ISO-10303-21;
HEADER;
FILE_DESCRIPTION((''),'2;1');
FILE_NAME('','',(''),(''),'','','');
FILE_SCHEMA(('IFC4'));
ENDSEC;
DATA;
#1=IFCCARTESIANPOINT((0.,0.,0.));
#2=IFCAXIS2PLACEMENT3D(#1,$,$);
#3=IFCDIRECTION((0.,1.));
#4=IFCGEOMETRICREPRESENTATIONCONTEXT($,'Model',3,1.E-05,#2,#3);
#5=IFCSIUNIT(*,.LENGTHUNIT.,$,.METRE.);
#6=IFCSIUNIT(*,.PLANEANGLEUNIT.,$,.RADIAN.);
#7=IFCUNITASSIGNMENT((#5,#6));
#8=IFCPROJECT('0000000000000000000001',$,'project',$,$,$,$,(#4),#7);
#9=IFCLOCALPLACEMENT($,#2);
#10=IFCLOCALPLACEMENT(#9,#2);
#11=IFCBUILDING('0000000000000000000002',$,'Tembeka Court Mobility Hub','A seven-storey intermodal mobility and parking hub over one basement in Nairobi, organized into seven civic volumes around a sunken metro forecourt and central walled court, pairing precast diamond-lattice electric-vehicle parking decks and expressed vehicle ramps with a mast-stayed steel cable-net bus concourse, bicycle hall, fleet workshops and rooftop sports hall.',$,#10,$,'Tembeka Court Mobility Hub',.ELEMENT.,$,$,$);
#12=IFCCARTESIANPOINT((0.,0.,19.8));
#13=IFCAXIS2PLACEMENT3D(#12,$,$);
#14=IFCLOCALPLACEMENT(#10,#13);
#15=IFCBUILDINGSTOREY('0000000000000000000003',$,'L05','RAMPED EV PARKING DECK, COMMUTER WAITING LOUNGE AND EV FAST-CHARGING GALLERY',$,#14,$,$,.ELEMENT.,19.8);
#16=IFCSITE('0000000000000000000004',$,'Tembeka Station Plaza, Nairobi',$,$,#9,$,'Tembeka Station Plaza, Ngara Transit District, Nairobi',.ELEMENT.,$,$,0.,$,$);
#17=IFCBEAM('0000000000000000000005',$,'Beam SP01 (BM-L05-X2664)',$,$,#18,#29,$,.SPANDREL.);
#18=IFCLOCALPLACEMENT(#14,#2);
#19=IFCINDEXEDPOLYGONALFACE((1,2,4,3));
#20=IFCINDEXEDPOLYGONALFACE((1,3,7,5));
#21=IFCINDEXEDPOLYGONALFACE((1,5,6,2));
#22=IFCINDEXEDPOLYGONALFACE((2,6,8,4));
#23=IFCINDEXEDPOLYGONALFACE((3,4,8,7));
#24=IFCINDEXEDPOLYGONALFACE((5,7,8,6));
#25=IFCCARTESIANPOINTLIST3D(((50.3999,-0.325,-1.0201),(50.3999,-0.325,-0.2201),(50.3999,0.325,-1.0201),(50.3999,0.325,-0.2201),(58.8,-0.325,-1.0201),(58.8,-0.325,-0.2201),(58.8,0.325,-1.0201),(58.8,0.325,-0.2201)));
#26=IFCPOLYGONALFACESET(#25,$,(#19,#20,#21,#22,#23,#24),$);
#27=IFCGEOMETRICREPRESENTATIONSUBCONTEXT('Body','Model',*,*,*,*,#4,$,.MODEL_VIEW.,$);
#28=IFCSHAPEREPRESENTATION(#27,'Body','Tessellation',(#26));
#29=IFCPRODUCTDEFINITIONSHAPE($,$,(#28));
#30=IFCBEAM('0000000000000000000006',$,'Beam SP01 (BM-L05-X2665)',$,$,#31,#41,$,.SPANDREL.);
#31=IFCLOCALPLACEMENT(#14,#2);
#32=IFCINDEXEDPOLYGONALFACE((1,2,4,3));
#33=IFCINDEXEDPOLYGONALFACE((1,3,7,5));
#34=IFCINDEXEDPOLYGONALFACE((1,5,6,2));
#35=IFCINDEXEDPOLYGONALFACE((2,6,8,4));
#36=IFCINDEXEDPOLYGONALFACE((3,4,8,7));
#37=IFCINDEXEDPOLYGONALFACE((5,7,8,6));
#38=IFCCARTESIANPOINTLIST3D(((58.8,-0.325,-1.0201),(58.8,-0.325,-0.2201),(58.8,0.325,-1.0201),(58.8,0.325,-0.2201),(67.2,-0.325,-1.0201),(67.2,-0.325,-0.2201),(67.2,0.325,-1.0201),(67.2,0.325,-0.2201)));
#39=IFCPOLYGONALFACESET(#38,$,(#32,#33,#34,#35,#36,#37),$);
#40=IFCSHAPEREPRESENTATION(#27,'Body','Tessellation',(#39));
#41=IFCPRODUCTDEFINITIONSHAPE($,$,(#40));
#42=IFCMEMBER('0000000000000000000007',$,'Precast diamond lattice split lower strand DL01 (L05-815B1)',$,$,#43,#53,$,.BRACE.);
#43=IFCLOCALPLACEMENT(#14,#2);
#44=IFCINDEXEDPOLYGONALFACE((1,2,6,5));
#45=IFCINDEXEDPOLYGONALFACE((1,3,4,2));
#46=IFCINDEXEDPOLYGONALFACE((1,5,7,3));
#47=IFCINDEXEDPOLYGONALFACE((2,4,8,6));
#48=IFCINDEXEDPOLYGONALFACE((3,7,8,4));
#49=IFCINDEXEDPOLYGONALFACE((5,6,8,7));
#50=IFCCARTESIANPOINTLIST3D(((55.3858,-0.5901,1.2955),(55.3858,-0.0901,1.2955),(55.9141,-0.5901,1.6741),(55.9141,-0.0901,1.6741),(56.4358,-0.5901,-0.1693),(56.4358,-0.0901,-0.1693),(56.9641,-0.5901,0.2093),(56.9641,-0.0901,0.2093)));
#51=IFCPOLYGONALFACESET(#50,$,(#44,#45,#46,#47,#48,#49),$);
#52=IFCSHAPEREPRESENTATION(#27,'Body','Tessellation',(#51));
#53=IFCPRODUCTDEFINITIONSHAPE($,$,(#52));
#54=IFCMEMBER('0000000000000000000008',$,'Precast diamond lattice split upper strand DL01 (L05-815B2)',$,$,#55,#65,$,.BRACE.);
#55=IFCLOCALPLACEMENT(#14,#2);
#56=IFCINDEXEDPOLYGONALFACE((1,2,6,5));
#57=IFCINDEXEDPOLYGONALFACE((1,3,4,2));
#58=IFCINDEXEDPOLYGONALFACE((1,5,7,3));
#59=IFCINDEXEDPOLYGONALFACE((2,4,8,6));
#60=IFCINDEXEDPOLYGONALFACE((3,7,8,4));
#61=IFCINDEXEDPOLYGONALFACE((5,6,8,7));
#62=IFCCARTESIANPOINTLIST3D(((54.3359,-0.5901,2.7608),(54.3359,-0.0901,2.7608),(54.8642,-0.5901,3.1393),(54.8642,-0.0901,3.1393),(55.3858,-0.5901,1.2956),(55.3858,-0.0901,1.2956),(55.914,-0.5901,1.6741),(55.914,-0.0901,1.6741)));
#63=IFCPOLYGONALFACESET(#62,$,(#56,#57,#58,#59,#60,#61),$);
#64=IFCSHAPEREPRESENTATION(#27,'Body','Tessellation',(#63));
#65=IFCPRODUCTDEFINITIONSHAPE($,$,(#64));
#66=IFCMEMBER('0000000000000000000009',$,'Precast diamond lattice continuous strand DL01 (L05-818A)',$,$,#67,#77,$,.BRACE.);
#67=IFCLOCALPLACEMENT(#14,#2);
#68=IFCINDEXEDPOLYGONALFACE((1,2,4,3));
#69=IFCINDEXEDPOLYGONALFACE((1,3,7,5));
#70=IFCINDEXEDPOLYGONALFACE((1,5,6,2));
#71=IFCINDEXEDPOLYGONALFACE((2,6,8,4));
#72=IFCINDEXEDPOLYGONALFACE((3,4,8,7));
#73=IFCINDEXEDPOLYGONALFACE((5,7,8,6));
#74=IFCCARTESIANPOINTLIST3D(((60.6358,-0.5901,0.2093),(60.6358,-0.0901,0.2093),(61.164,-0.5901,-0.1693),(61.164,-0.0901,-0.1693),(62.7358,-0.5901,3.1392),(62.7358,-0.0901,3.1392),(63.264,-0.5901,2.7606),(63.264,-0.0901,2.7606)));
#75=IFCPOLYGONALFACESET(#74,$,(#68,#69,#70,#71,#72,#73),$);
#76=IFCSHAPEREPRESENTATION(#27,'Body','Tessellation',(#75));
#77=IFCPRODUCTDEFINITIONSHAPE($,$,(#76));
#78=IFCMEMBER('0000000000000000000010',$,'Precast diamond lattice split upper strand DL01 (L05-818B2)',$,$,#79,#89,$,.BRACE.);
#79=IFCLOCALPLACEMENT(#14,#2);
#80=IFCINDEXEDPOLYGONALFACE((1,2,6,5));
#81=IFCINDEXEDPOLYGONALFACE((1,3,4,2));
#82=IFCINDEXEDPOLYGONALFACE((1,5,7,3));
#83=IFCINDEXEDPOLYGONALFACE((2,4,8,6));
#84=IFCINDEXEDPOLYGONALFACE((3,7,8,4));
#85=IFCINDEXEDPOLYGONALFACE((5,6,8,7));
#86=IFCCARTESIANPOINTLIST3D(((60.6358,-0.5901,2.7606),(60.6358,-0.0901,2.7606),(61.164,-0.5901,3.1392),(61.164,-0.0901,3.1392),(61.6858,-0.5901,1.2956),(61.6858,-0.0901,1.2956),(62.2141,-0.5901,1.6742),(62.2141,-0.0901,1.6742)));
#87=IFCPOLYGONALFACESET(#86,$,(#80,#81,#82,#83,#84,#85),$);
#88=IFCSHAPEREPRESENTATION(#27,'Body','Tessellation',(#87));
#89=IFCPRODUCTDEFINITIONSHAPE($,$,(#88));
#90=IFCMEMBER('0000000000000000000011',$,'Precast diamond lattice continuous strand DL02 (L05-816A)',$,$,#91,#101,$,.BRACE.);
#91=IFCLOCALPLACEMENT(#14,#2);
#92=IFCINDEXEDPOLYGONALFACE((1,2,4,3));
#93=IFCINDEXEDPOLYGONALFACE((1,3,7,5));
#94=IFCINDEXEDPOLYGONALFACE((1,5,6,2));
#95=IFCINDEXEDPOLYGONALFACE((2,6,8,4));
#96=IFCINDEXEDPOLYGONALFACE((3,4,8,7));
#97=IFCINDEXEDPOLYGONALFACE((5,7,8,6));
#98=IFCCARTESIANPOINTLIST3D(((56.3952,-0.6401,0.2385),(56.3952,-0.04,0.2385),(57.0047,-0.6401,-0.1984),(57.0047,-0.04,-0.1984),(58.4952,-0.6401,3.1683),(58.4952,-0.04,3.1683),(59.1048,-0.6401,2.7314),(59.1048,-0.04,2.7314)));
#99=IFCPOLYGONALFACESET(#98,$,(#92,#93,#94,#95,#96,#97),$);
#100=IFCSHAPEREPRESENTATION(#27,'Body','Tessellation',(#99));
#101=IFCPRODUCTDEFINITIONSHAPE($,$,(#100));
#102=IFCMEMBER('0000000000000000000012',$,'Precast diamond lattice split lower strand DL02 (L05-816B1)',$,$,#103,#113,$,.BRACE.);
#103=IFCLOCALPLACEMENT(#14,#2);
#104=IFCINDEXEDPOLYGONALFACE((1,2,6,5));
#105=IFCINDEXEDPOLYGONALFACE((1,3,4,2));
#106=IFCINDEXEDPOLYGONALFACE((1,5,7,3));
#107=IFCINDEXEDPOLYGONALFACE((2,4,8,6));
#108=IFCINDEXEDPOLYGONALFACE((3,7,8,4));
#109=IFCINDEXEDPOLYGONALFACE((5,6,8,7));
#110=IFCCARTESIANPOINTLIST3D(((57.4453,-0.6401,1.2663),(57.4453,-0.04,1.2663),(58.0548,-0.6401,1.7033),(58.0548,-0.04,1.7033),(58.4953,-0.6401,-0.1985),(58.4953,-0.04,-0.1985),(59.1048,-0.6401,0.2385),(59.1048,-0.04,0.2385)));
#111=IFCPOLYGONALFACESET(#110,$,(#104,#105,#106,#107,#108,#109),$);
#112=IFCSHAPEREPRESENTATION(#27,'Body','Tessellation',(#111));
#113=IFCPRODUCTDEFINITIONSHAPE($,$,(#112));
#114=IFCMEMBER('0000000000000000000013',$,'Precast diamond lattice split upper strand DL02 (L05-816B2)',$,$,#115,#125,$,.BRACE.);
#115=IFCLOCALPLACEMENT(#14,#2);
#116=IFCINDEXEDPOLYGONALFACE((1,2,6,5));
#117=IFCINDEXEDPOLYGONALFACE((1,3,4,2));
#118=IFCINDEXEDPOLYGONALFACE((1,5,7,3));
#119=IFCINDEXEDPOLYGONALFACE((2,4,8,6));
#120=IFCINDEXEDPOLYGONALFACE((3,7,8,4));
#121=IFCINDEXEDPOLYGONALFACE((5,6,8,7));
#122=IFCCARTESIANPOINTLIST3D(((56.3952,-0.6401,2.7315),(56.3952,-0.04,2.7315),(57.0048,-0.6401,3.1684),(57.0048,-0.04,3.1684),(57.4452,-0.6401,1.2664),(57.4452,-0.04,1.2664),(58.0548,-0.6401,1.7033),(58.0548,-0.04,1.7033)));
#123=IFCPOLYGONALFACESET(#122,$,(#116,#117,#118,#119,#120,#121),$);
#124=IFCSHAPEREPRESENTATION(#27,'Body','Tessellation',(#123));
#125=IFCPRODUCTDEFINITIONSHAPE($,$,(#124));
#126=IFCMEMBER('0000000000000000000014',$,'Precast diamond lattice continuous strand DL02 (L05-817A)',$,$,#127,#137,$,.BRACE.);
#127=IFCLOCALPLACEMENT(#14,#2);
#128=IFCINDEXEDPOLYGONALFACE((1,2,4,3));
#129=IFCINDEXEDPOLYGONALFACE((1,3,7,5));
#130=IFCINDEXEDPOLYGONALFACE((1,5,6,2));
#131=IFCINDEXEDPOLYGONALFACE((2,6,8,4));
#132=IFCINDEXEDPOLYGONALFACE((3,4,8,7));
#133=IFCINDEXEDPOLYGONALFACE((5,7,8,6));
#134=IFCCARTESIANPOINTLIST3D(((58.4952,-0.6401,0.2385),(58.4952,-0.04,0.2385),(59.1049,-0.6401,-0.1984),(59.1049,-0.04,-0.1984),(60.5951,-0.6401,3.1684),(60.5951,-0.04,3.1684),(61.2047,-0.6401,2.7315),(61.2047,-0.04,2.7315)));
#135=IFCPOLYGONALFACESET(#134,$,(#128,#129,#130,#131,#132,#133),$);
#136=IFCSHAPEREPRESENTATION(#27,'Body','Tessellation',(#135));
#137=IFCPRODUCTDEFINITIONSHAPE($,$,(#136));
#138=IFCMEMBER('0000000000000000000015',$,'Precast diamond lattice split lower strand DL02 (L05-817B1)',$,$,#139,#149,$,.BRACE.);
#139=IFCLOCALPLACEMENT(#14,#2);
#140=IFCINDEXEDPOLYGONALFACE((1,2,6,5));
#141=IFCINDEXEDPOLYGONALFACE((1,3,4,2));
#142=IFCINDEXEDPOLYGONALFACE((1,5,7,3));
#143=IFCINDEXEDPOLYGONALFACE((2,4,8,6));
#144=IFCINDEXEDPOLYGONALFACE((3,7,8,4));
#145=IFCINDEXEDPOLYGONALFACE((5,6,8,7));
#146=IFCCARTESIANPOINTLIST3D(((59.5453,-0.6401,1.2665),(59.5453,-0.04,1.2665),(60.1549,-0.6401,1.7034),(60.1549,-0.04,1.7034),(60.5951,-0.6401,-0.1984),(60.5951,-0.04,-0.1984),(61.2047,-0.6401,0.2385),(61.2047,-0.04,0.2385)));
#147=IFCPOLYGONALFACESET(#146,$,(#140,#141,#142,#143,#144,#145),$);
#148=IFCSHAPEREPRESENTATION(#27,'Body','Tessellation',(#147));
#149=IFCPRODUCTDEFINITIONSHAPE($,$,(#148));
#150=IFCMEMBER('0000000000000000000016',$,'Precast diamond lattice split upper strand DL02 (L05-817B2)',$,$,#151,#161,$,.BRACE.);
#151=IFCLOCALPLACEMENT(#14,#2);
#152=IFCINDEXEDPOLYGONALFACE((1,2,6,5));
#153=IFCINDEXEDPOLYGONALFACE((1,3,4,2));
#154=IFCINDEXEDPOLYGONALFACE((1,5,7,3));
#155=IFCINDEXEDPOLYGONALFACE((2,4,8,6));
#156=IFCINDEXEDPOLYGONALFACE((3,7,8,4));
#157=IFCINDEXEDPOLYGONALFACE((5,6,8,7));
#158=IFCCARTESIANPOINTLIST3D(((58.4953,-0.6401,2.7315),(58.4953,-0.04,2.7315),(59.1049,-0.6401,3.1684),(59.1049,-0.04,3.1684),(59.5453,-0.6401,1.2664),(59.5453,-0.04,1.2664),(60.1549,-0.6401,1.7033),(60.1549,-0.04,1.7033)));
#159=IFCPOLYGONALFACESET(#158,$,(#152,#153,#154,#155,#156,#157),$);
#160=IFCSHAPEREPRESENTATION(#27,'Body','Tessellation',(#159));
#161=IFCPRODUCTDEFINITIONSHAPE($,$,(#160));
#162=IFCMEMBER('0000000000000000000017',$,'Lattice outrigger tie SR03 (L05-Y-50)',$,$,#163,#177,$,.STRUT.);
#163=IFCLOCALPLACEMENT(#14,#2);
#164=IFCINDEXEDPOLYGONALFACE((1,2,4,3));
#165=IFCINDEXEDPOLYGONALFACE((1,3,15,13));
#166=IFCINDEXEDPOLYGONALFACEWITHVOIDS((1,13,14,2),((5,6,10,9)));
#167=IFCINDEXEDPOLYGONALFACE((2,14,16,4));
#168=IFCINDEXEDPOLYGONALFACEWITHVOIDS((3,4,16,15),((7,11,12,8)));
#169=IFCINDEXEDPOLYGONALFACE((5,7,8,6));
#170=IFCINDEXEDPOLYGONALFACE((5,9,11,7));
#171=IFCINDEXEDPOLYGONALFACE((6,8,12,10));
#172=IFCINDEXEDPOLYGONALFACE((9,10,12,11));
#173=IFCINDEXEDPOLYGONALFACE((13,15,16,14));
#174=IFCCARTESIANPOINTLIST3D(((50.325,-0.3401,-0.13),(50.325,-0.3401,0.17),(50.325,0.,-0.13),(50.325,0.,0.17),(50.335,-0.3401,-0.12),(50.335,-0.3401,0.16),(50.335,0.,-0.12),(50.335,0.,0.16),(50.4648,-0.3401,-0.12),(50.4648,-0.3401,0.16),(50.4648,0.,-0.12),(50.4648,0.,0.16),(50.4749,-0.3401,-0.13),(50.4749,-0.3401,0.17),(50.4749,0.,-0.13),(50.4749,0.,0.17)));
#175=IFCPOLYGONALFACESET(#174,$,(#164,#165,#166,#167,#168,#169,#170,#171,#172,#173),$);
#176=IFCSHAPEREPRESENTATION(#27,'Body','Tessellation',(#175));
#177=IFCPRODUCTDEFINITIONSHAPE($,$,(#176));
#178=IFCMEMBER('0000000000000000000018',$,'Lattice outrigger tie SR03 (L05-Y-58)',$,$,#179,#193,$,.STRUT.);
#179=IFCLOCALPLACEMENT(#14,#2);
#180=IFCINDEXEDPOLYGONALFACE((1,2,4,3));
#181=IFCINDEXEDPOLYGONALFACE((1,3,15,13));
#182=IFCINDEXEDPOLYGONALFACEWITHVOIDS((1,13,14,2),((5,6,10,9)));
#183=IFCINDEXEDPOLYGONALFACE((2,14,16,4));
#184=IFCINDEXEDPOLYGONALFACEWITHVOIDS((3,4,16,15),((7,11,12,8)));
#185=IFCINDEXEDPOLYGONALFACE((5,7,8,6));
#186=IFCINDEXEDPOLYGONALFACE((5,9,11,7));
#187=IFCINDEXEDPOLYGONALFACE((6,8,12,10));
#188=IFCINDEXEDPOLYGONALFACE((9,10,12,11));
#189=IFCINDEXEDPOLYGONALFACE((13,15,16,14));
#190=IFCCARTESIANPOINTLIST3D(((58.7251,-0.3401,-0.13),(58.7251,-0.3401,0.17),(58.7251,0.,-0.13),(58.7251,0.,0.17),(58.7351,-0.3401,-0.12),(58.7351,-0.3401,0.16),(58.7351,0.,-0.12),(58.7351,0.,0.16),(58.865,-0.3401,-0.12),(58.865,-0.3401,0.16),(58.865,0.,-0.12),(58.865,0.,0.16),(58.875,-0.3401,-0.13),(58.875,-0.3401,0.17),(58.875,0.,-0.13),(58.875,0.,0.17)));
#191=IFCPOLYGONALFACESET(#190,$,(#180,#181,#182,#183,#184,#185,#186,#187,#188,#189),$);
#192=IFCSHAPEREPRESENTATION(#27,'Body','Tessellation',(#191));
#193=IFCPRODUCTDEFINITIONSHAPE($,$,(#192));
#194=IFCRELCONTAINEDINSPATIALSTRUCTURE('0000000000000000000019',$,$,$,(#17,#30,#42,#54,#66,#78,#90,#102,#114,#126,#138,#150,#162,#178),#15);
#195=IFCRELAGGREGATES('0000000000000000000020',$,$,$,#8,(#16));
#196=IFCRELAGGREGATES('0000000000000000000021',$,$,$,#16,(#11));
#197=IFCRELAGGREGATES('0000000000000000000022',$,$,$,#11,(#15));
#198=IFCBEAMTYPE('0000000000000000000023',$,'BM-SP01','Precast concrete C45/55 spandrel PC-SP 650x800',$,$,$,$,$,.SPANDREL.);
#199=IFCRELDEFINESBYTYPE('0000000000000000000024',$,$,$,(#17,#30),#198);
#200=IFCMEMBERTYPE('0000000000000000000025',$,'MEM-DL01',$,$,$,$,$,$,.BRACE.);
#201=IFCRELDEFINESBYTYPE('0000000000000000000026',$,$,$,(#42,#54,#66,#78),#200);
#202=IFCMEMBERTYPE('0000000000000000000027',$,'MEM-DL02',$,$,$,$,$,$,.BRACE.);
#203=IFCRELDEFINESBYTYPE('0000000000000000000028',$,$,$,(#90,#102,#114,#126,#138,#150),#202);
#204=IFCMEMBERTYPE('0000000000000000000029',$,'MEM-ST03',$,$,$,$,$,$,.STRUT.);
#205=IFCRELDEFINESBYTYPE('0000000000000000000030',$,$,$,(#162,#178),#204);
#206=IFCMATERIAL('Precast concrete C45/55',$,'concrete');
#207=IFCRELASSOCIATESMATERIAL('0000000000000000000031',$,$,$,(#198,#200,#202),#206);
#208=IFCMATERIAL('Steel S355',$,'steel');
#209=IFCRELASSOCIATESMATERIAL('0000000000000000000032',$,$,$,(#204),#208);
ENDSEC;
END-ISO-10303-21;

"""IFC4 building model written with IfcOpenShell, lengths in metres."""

from ifc_helpers import new_model, si_unit, direction, frame, origin, origin_2d, place, context, subcontext, project, spatial, rectangle, hollow_rectangle, extrude, material, material_profile, profile_set, type_object, element, save


model = new_model("IFC4")

# Units and contexts
model_context = context("Model", 3, precision=1e-05, world=origin(), true_north=direction((0.0, 1.0)))
body_context = subcontext(model_context, "Body", "Model", "MODEL_VIEW")
ifc_project = project(units=[si_unit("LENGTHUNIT", "METRE"), si_unit("PLANEANGLEUNIT", "RADIAN")], contexts=[model_context])

# Site, building, storey
site_placement = place(None, origin())
site = spatial("IfcSite", under=ifc_project, at=site_placement, Name="Tembeka Station Plaza, Nairobi", LongName="Tembeka Station Plaza, Ngara Transit District, Nairobi", CompositionType="ELEMENT", RefElevation=0.0)
building_placement = place(site_placement, origin())
building = spatial("IfcBuilding", under=site, at=building_placement, Name="Tembeka Court Mobility Hub", Description="A seven-storey intermodal mobility and parking hub over one basement in Nairobi, organized into seven civic volumes around a sunken metro forecourt and central walled court, pairing precast diamond-lattice electric-vehicle parking decks and expressed vehicle ramps with a mast-stayed steel cable-net bus concourse, bicycle hall, fleet workshops and rooftop sports hall.", LongName="Tembeka Court Mobility Hub", CompositionType="ELEMENT")
storey_placement = place(building_placement, frame((0.0, 0.0, 19.8)))
storey = spatial("IfcBuildingStorey", under=building, at=storey_placement, Name="L05", Description="RAMPED EV PARKING DECK, COMMUTER WAITING LOUNGE AND EV FAST-CHARGING GALLERY", CompositionType="ELEMENT", Elevation=19.8)

# Shared definitions
ifc_material_1 = material(Name="Steel S355", Category="steel")

# Beams
ifc_material_2 = material(Name="Precast concrete C45/55", Category="concrete")
ifc_material_profile_1 = material_profile(ifc_material_2, rectangle(XDim=0.6499, YDim=0.8, at=origin_2d()), Name="PC-SP 650x800")
ifc_profile_set_1 = profile_set([ifc_material_profile_1], Name="Precast concrete C45/55")
beam_type_1 = type_object("IfcBeamType", Name="BM-SP01", Description="Precast concrete C45/55 spandrel PC-SP 650x800", PredefinedType="SPANDREL", material=ifc_profile_set_1)
beam_1_placement = place(storey_placement, frame((50.3999, 0.0, -0.6201), z_axis=(1.0, 0.0, 0.0), x_axis=(0.0, 1.0, 0.0)))
element("IfcBeam", 1, at=beam_1_placement, inside=storey, type_object=beam_type_1, Name="Beam SP01 (BM-L05-X2664)", PredefinedType="SPANDREL", context=body_context, shape_type="SweptSolid", body=[
    extrude(rectangle(XDim=0.6499, YDim=0.8, at=origin_2d()), origin(), (0.0, 0.0, 1.0), 8.4001),
])
beam_2_placement = place(storey_placement, frame((58.8, 0.0, -0.6201), z_axis=(1.0, 0.0, 0.0), x_axis=(0.0, 1.0, 0.0)))
element("IfcBeam", 2, at=beam_2_placement, inside=storey, type_object=beam_type_1, Name="Beam SP01 (BM-L05-X2665)", PredefinedType="SPANDREL", context=body_context, shape_type="SweptSolid", body=[
    extrude(rectangle(XDim=0.6499, YDim=0.8, at=origin_2d()), origin(), (0.0, 0.0, 1.0), 8.3999),
])

# Members
ifc_material_profile_2 = material_profile(ifc_material_2, rectangle(XDim=0.5, YDim=0.6499, at=origin_2d()), Name="PC-DIAG 500x650")
ifc_profile_set_2 = profile_set([ifc_material_profile_2], Name="Precast concrete C45/55")
member_type_1 = type_object("IfcMemberType", Name="MEM-DL01", PredefinedType="BRACE", material=ifc_profile_set_2)
member_1_placement = place(storey_placement, frame((56.7, -0.3401, 0.02), z_axis=(-0.582608, 0.0, 0.812753), x_axis=(0.0, -1.0, 0.0)))
element("IfcMember", 3, at=member_1_placement, inside=storey, type_object=member_type_1, Name="Precast diamond lattice split lower strand DL01 (L05-815B1)", PredefinedType="BRACE", context=body_context, shape_type="SweptSolid", body=[
    extrude(rectangle(XDim=0.5, YDim=0.6499, at=origin_2d()), origin(), (0.0, 0.0, 1.0), 1.8022),
])
member_2_placement = place(storey_placement, frame((55.6499, -0.3401, 1.4849), z_axis=(-0.582455, 0.0, 0.812863), x_axis=(0.0, -1.0, 0.0)))
element("IfcMember", 4, at=member_2_placement, inside=storey, type_object=member_type_1, Name="Precast diamond lattice split upper strand DL01 (L05-815B2)", PredefinedType="BRACE", context=body_context, shape_type="SweptSolid", body=[
    extrude(rectangle(XDim=0.5, YDim=0.6499, at=origin_2d()), origin(), (0.0, 0.0, 1.0), 1.8025),
])
member_3_placement = place(storey_placement, frame((60.8999, -0.3401, 0.02), z_axis=(0.582576, 0.0, 0.812776), x_axis=(0.0, 1.0, 0.0)))
element("IfcMember", 5, at=member_3_placement, inside=storey, type_object=member_type_1, Name="Precast diamond lattice continuous strand DL01 (L05-818A)", PredefinedType="BRACE", context=body_context, shape_type="SweptSolid", body=[
    extrude(rectangle(XDim=0.5, YDim=0.6499, at=origin_2d()), origin(), (0.0, 0.0, 1.0), 3.6047),
])
member_4_placement = place(storey_placement, frame((61.95, -0.3401, 1.4849), z_axis=(-0.582544, 0.0, 0.812799), x_axis=(0.0, -1.0, 0.0)))
element("IfcMember", 6, at=member_4_placement, inside=storey, type_object=member_type_1, Name="Precast diamond lattice split upper strand DL01 (L05-818B2)", PredefinedType="BRACE", context=body_context, shape_type="SweptSolid", body=[
    extrude(rectangle(XDim=0.5, YDim=0.6499, at=origin_2d()), origin(), (0.0, 0.0, 1.0), 1.8025),
])
ifc_material_profile_3 = material_profile(ifc_material_2, rectangle(XDim=0.6001, YDim=0.75, at=origin_2d()), Name="PC-DIAG 600x750")
ifc_profile_set_3 = profile_set([ifc_material_profile_3], Name="Precast concrete C45/55")
member_type_2 = type_object("IfcMemberType", Name="MEM-DL02", PredefinedType="BRACE", material=ifc_profile_set_3)
member_5_placement = place(storey_placement, frame((56.7, -0.3401, 0.02), z_axis=(0.582576, 0.0, 0.812776), x_axis=(0.0, 1.0, 0.0)))
element("IfcMember", 7, at=member_5_placement, inside=storey, type_object=member_type_2, Name="Precast diamond lattice continuous strand DL02 (L05-816A)", PredefinedType="BRACE", context=body_context, shape_type="SweptSolid", body=[
    extrude(rectangle(XDim=0.6001, YDim=0.75, at=origin_2d()), origin(), (0.0, 0.0, 1.0), 3.6047),
])
member_6_placement = place(storey_placement, frame((58.8, -0.3401, 0.02), z_axis=(-0.582608, 0.0, 0.812753), x_axis=(0.0, -1.0, 0.0)))
element("IfcMember", 8, at=member_6_placement, inside=storey, type_object=member_type_2, Name="Precast diamond lattice split lower strand DL02 (L05-816B1)", PredefinedType="BRACE", context=body_context, shape_type="SweptSolid", body=[
    extrude(rectangle(XDim=0.6001, YDim=0.75, at=origin_2d()), origin(), (0.0, 0.0, 1.0), 1.8022),
])
member_7_placement = place(storey_placement, frame((57.75, -0.3401, 1.4849), z_axis=(-0.582544, 0.0, 0.812799), x_axis=(0.0, -1.0, 0.0)))
element("IfcMember", 9, at=member_7_placement, inside=storey, type_object=member_type_2, Name="Precast diamond lattice split upper strand DL02 (L05-816B2)", PredefinedType="BRACE", context=body_context, shape_type="SweptSolid", body=[
    extrude(rectangle(XDim=0.6001, YDim=0.75, at=origin_2d()), origin(), (0.0, 0.0, 1.0), 1.8025),
])
member_8_placement = place(storey_placement, frame((58.8, -0.3401, 0.02), z_axis=(0.582532, 0.0, 0.812808), x_axis=(0.0, 1.0, 0.0)))
element("IfcMember", 10, at=member_8_placement, inside=storey, type_object=member_type_2, Name="Precast diamond lattice continuous strand DL02 (L05-817A)", PredefinedType="BRACE", context=body_context, shape_type="SweptSolid", body=[
    extrude(rectangle(XDim=0.6001, YDim=0.75, at=origin_2d()), origin(), (0.0, 0.0, 1.0), 3.6047),
])
member_9_placement = place(storey_placement, frame((60.8999, -0.3401, 0.02), z_axis=(-0.582519, 0.0, 0.812817), x_axis=(0.0, -1.0, 0.0)))
element("IfcMember", 11, at=member_9_placement, inside=storey, type_object=member_type_2, Name="Precast diamond lattice split lower strand DL02 (L05-817B1)", PredefinedType="BRACE", context=body_context, shape_type="SweptSolid", body=[
    extrude(rectangle(XDim=0.6001, YDim=0.75, at=origin_2d()), origin(), (0.0, 0.0, 1.0), 1.8022),
])
member_10_placement = place(storey_placement, frame((59.8501, -0.3401, 1.4849), z_axis=(-0.582544, 0.0, 0.812799), x_axis=(0.0, -1.0, 0.0)))
element("IfcMember", 12, at=member_10_placement, inside=storey, type_object=member_type_2, Name="Precast diamond lattice split upper strand DL02 (L05-817B2)", PredefinedType="BRACE", context=body_context, shape_type="SweptSolid", body=[
    extrude(rectangle(XDim=0.6001, YDim=0.75, at=origin_2d()), origin(), (0.0, 0.0, 1.0), 1.8025),
])
ifc_material_profile_4 = material_profile(ifc_material_1, hollow_rectangle(XDim=0.1499, YDim=0.3, WallThickness=0.01, at=origin_2d()), Name="RHS 300x150x10")
ifc_profile_set_4 = profile_set([ifc_material_profile_4], Name="Steel S355")
member_type_3 = type_object("IfcMemberType", Name="MEM-ST03", PredefinedType="STRUT", material=ifc_profile_set_4)
for number, where, z_axis, x_axis, name in (
    (13, (50.3999, 0.0, 0.02), (0.0, -1.0, 0.0), (1.0, 0.0, 0.0), "Lattice outrigger tie SR03 (L05-Y-50)"),
    (14, (58.8, 0.0, 0.02), (0.0, -1.0, 0.0), (1.0, 0.0, 0.0), "Lattice outrigger tie SR03 (L05-Y-58)"),
):
    element("IfcMember", number, at=place(storey_placement, frame(where, z_axis=z_axis, x_axis=x_axis)), inside=storey, type_object=member_type_3, Name=name, PredefinedType="STRUT", context=body_context, shape_type="SweptSolid", body=[
        extrude(hollow_rectangle(XDim=0.1499, YDim=0.3, WallThickness=0.01, at=origin_2d()), origin(), (0.0, 0.0, 1.0), 0.3401),
    ])

save(model, "model.ifc")
